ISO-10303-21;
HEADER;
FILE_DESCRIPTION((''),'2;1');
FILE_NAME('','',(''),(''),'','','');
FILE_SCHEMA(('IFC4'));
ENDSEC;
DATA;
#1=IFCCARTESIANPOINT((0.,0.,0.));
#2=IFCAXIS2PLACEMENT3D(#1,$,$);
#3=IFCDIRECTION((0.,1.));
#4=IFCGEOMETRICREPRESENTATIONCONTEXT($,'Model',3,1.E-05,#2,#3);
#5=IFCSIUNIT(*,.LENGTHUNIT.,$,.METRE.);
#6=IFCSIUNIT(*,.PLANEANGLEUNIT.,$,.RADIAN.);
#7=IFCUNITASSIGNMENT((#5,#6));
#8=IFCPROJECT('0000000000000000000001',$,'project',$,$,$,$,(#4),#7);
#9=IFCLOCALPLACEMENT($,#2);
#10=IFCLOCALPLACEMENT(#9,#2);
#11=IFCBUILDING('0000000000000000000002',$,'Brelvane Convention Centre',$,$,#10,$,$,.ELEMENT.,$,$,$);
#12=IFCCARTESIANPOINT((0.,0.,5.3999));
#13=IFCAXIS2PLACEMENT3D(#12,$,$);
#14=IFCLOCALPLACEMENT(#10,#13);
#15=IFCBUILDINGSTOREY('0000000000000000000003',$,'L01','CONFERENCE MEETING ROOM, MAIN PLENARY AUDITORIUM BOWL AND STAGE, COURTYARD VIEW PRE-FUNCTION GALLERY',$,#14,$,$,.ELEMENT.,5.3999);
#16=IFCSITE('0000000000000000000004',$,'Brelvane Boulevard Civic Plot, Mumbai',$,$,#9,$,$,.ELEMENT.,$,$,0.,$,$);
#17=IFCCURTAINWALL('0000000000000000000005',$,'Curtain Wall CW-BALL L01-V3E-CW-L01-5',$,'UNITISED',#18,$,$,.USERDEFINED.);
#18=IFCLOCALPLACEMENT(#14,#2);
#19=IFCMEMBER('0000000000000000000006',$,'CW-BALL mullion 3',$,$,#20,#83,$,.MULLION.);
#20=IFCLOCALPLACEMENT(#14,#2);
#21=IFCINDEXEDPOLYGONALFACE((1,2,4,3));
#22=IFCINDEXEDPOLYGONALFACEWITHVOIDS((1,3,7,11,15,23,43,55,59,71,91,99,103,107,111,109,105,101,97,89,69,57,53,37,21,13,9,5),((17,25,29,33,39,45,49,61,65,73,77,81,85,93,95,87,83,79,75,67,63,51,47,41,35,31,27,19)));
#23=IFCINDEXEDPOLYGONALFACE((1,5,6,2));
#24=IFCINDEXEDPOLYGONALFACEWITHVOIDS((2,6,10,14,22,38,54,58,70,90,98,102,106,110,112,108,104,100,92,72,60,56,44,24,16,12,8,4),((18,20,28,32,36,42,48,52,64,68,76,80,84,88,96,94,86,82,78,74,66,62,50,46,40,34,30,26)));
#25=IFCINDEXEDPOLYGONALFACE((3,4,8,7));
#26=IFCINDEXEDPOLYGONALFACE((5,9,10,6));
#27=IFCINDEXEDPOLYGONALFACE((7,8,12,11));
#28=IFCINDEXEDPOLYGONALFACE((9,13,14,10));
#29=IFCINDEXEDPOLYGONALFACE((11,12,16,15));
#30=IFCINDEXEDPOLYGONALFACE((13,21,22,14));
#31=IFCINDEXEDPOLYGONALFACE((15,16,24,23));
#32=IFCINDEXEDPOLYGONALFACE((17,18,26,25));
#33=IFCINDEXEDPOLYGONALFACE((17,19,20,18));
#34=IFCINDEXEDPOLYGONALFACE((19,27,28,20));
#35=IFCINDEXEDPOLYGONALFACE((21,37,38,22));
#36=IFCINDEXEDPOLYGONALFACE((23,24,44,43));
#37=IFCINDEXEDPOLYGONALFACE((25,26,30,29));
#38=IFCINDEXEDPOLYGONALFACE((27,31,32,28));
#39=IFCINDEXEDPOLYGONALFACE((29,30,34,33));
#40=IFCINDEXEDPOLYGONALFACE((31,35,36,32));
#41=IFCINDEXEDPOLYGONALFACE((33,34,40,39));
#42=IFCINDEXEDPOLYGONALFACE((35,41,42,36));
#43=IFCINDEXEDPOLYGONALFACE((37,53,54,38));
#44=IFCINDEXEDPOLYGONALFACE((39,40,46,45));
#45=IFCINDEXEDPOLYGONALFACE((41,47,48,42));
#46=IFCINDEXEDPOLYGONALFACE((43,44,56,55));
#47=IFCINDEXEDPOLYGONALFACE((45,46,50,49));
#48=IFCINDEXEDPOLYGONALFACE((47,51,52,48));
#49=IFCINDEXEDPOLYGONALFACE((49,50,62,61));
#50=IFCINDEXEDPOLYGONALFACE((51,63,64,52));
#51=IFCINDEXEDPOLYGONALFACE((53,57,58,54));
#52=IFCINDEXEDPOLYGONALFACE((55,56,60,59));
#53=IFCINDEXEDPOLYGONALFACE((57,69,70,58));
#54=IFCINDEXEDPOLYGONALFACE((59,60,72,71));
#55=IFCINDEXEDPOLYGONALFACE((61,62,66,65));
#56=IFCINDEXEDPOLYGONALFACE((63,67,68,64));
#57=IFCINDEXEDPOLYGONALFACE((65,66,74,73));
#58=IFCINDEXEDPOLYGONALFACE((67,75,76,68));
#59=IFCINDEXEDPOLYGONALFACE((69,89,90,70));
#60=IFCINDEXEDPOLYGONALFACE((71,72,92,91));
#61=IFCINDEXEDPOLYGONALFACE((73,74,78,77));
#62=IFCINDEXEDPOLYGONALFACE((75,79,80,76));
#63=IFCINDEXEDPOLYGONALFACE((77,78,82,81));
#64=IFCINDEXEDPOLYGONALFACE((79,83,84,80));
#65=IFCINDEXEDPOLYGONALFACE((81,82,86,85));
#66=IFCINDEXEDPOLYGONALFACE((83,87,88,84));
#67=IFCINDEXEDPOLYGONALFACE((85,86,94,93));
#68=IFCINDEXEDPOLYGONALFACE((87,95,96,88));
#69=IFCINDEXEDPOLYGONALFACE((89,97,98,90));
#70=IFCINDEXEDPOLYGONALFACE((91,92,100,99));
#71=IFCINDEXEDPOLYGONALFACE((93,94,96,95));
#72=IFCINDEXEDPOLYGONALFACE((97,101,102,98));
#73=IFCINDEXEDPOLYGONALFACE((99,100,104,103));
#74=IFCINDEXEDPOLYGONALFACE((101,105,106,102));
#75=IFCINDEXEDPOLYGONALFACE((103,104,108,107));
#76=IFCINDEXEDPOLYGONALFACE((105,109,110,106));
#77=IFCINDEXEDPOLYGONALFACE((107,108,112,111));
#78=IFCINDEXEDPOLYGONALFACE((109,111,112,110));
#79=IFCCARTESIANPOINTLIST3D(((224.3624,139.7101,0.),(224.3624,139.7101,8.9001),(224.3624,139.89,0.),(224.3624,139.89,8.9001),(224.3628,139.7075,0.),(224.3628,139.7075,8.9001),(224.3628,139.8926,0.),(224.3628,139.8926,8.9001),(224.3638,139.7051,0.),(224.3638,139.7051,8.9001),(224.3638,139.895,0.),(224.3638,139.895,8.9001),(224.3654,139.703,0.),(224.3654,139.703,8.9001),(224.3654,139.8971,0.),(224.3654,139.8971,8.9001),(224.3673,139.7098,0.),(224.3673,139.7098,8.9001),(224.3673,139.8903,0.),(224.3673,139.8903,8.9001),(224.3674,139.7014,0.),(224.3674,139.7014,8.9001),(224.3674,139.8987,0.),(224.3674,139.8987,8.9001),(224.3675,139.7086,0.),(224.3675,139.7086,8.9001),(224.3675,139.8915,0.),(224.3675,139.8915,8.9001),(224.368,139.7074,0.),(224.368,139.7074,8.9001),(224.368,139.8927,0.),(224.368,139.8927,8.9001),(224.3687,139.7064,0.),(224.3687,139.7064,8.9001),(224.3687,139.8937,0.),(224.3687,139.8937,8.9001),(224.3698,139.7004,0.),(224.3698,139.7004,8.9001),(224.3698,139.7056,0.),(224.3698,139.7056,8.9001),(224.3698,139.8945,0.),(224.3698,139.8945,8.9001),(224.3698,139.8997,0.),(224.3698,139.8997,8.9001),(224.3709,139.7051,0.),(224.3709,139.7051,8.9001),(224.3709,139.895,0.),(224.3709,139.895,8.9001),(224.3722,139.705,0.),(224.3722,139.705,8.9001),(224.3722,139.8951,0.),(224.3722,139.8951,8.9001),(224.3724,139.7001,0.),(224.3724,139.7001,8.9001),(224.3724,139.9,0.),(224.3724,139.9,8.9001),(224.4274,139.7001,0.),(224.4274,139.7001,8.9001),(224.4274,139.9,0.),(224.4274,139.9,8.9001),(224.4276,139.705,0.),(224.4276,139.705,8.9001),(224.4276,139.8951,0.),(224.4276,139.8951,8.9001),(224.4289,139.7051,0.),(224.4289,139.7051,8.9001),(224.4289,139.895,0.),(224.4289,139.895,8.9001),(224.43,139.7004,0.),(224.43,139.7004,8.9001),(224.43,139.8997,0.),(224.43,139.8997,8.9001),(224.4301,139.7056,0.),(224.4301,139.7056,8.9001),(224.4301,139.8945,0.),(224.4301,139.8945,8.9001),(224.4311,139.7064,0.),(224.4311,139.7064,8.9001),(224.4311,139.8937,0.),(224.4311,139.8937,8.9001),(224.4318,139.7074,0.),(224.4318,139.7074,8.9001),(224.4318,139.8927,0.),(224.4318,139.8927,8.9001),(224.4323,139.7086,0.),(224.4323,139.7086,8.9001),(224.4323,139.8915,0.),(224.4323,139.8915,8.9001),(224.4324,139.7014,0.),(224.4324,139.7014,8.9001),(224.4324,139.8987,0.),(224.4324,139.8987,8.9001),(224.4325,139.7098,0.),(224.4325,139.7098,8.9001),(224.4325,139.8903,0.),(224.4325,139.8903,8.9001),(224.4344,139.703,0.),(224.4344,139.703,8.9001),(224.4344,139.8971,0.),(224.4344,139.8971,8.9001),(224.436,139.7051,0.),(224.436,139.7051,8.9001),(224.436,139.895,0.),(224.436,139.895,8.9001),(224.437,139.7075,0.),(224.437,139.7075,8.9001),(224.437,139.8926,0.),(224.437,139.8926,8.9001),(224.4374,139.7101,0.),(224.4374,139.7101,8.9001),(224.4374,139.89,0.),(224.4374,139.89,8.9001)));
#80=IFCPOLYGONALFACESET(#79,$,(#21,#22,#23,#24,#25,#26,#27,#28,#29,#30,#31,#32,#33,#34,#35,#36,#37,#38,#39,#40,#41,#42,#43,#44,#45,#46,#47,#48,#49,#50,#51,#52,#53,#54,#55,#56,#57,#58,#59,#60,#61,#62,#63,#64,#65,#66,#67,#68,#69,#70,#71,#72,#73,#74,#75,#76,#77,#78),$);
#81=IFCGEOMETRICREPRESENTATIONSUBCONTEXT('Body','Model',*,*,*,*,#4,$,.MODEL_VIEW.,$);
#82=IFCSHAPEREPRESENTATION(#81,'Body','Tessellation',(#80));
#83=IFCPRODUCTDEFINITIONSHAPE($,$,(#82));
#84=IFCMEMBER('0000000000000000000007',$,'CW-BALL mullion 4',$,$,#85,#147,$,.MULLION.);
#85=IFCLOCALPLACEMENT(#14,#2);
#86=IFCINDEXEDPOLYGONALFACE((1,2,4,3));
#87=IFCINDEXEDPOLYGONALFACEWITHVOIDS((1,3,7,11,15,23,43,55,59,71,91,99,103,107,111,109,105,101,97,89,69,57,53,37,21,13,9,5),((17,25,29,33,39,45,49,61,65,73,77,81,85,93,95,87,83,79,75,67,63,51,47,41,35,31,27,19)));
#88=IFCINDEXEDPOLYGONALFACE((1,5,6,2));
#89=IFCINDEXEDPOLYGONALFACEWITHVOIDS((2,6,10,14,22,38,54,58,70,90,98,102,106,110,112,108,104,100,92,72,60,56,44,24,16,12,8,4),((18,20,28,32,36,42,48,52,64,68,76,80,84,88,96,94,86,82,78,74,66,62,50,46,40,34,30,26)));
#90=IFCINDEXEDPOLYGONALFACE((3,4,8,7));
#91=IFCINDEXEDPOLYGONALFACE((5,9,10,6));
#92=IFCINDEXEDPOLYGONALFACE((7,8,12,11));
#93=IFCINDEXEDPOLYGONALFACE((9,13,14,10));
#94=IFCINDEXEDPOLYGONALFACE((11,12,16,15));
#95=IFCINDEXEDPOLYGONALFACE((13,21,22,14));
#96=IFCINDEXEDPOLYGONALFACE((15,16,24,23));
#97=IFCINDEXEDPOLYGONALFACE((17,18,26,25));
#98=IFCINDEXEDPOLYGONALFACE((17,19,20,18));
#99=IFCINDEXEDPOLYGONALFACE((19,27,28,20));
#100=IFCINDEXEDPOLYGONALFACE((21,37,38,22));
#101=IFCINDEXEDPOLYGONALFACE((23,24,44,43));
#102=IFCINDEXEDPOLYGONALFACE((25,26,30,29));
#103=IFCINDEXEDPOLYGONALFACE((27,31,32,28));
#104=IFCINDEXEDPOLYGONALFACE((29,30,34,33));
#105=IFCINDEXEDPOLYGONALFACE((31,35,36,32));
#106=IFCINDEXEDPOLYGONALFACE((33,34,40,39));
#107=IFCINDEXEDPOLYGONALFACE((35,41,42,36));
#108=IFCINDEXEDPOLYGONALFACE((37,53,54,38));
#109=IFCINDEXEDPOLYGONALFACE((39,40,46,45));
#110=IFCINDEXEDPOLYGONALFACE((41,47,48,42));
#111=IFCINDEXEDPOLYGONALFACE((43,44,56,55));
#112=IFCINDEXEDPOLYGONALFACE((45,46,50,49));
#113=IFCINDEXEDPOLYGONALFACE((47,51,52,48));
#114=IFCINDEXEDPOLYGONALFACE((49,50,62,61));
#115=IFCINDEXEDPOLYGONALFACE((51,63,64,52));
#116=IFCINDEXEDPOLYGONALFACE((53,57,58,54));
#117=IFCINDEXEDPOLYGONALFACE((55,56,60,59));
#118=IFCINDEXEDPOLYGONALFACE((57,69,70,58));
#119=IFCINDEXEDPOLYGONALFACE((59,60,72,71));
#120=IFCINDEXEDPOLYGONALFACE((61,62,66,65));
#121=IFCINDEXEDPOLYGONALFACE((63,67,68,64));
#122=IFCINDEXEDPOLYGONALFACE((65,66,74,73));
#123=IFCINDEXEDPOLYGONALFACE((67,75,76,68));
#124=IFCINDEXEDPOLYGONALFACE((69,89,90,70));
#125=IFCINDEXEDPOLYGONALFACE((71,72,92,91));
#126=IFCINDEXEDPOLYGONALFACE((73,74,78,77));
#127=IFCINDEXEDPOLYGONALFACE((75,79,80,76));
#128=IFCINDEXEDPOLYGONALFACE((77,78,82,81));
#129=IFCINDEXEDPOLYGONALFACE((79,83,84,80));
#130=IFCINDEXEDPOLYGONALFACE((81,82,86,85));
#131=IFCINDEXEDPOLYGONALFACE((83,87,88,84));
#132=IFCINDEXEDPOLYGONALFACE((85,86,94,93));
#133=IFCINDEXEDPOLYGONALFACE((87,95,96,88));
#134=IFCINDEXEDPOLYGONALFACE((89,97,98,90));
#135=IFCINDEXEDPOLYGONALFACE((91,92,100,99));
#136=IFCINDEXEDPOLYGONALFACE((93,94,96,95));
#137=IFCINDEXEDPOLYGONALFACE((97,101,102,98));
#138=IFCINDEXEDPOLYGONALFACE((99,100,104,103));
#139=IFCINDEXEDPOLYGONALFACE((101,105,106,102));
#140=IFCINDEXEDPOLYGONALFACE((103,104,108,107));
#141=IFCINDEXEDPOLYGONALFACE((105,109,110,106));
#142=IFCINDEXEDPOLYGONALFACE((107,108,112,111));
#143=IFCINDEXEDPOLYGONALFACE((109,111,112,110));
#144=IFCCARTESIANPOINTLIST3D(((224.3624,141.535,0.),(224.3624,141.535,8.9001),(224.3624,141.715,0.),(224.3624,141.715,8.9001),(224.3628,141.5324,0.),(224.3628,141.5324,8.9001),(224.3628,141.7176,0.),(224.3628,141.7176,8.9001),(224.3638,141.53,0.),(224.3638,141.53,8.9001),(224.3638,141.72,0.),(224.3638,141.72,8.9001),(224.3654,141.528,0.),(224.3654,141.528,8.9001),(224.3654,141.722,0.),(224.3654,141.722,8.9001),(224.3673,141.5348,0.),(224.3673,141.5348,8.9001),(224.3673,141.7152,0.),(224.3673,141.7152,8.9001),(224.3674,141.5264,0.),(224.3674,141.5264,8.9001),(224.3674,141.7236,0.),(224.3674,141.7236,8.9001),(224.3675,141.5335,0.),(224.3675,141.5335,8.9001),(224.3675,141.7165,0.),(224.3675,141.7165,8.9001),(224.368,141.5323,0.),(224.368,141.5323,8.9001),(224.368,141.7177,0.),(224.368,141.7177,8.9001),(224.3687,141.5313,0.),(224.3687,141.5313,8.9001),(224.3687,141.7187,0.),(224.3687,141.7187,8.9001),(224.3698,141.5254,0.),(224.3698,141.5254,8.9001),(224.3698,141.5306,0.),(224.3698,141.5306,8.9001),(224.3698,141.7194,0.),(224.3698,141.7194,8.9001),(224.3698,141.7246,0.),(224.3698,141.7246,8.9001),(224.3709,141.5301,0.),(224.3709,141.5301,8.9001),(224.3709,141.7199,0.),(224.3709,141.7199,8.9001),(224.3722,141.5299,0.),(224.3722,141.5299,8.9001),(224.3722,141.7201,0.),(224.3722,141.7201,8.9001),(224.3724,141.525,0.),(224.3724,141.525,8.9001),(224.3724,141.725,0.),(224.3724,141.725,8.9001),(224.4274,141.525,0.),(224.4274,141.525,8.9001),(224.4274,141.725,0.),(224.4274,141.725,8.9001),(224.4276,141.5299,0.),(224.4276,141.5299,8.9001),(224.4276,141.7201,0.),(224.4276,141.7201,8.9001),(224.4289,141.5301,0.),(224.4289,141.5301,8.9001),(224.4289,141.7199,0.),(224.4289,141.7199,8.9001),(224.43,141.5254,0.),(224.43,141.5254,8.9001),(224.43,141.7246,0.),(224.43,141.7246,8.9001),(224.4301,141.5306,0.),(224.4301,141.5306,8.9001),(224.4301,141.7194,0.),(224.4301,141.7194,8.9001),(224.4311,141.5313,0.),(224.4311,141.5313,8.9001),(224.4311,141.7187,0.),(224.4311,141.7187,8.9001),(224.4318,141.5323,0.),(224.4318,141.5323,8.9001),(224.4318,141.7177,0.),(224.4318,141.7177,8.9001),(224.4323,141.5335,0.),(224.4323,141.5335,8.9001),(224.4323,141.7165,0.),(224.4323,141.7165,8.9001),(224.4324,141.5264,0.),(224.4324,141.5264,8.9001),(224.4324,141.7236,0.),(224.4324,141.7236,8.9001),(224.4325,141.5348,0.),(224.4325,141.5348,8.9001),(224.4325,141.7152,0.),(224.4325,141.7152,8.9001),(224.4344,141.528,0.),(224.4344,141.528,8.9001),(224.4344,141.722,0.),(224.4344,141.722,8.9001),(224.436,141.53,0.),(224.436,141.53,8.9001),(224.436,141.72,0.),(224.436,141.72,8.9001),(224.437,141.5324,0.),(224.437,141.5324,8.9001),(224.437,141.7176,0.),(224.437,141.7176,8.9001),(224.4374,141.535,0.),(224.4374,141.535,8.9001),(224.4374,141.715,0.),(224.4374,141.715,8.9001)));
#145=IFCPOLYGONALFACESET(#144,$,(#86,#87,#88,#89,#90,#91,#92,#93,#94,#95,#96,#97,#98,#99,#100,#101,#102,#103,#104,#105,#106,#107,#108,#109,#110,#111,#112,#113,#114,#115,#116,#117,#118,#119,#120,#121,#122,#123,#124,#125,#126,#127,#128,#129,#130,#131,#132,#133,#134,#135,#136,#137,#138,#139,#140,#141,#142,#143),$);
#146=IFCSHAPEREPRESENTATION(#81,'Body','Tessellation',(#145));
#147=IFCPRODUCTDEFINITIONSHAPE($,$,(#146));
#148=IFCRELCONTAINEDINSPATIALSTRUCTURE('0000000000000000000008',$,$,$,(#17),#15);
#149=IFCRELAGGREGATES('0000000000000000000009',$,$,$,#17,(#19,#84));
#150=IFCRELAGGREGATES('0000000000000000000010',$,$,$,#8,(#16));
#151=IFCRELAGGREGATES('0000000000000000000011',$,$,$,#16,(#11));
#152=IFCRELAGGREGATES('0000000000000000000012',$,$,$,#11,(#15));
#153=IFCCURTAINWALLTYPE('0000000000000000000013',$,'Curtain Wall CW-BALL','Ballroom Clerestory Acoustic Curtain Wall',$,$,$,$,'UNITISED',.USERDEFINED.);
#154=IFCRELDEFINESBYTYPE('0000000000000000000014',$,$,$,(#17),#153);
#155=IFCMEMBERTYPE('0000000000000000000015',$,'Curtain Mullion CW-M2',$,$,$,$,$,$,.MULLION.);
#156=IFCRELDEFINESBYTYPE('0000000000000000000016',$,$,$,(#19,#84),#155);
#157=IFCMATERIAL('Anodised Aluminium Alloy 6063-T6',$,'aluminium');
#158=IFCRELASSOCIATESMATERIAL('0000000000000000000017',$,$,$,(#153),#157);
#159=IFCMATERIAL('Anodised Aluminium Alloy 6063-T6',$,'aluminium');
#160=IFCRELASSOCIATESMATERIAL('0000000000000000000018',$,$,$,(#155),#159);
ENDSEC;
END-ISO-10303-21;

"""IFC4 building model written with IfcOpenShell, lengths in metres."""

from ifc_helpers import new_model, si_unit, direction, frame, origin, origin_2d, place, context, subcontext, project, spatial, hollow_rectangle, extrude, material, material_profile, profile_set, type_object, element, aggregate, save


model = new_model("IFC4")

# Units and contexts
model_context = context("Model", 3, precision=1e-05, world=origin(), true_north=direction((0.0, 1.0)))
body_context = subcontext(model_context, "Body", "Model", "MODEL_VIEW")
ifc_project = project(units=[si_unit("LENGTHUNIT", "METRE"), si_unit("PLANEANGLEUNIT", "RADIAN")], contexts=[model_context])

# Site, building, storey
site_placement = place(None, origin())
site = spatial("IfcSite", under=ifc_project, at=site_placement, Name="Brelvane Boulevard Civic Plot, Mumbai", CompositionType="ELEMENT", RefElevation=0.0)
building_placement = place(site_placement, origin())
building = spatial("IfcBuilding", under=site, at=building_placement, Name="Brelvane Convention Centre", CompositionType="ELEMENT")
storey_placement = place(building_placement, frame((0.0, 0.0, 5.3999)))
storey = spatial("IfcBuildingStorey", under=building, at=storey_placement, Name="L01", Description="CONFERENCE MEETING ROOM, MAIN PLENARY AUDITORIUM BOWL AND STAGE, COURTYARD VIEW PRE-FUNCTION GALLERY", CompositionType="ELEMENT", Elevation=5.3999)

# Curtain wall, members
ifc_material_1 = material(Name="Anodised Aluminium Alloy 6063-T6", Category="aluminium")
curtain_wall_type = type_object("IfcCurtainWallType", Name="Curtain Wall CW-BALL", Description="Ballroom Clerestory Acoustic Curtain Wall", ElementType="UNITISED", PredefinedType="USERDEFINED", material=ifc_material_1)
curtain_wall_placement = place(storey_placement, origin())
curtain_wall = element("IfcCurtainWall", 1, at=curtain_wall_placement, inside=storey, type_object=curtain_wall_type, Name="Curtain Wall CW-BALL L01-V3E-CW-L01-5", ObjectType="UNITISED", PredefinedType="USERDEFINED")
ifc_material_2 = material(Name="Anodised Aluminium Alloy 6063-T6", Category="aluminium")
ifc_material_profile_1 = material_profile(ifc_material_2, hollow_rectangle(XDim=0.075, YDim=0.2, WallThickness=0.0049, InnerFilletRadius=0.0049, OuterFilletRadius=0.01, at=origin_2d()), Name="ALU-M 200x75x5.0")
ifc_profile_set_1 = profile_set([ifc_material_profile_1], Name="Anodised Aluminium Alloy 6063-T6")
member_type_1 = type_object("IfcMemberType", Name="Curtain Mullion CW-M2", PredefinedType="MULLION", material=ifc_profile_set_1)
member_1_placement = place(storey_placement, frame((224.3999, 139.8, 0.0), z_axis=(0.0, 0.0, 1.0), x_axis=(-1.0, 0.0, 0.0)))
member_1 = element("IfcMember", 2, at=member_1_placement, type_object=member_type_1, Name="CW-BALL mullion 3", PredefinedType="MULLION", context=body_context, shape_type="SweptSolid", body=[
    extrude(hollow_rectangle(XDim=0.075, YDim=0.2, WallThickness=0.0049, InnerFilletRadius=0.0049, OuterFilletRadius=0.01, at=origin_2d()), origin(), (0.0, 0.0, 1.0), 8.9001),
])
member_2_placement = place(storey_placement, frame((224.3999, 141.625, 0.0), z_axis=(0.0, 0.0, 1.0), x_axis=(-1.0, 0.0, 0.0)))
member_2 = element("IfcMember", 3, at=member_2_placement, type_object=member_type_1, Name="CW-BALL mullion 4", PredefinedType="MULLION", context=body_context, shape_type="SweptSolid", body=[
    extrude(hollow_rectangle(XDim=0.075, YDim=0.2, WallThickness=0.0049, InnerFilletRadius=0.0049, OuterFilletRadius=0.01, at=origin_2d()), origin(), (0.0, 0.0, 1.0), 8.9001),
])
aggregate(curtain_wall, [member_1, member_2])

save(model, "model.ifc")
